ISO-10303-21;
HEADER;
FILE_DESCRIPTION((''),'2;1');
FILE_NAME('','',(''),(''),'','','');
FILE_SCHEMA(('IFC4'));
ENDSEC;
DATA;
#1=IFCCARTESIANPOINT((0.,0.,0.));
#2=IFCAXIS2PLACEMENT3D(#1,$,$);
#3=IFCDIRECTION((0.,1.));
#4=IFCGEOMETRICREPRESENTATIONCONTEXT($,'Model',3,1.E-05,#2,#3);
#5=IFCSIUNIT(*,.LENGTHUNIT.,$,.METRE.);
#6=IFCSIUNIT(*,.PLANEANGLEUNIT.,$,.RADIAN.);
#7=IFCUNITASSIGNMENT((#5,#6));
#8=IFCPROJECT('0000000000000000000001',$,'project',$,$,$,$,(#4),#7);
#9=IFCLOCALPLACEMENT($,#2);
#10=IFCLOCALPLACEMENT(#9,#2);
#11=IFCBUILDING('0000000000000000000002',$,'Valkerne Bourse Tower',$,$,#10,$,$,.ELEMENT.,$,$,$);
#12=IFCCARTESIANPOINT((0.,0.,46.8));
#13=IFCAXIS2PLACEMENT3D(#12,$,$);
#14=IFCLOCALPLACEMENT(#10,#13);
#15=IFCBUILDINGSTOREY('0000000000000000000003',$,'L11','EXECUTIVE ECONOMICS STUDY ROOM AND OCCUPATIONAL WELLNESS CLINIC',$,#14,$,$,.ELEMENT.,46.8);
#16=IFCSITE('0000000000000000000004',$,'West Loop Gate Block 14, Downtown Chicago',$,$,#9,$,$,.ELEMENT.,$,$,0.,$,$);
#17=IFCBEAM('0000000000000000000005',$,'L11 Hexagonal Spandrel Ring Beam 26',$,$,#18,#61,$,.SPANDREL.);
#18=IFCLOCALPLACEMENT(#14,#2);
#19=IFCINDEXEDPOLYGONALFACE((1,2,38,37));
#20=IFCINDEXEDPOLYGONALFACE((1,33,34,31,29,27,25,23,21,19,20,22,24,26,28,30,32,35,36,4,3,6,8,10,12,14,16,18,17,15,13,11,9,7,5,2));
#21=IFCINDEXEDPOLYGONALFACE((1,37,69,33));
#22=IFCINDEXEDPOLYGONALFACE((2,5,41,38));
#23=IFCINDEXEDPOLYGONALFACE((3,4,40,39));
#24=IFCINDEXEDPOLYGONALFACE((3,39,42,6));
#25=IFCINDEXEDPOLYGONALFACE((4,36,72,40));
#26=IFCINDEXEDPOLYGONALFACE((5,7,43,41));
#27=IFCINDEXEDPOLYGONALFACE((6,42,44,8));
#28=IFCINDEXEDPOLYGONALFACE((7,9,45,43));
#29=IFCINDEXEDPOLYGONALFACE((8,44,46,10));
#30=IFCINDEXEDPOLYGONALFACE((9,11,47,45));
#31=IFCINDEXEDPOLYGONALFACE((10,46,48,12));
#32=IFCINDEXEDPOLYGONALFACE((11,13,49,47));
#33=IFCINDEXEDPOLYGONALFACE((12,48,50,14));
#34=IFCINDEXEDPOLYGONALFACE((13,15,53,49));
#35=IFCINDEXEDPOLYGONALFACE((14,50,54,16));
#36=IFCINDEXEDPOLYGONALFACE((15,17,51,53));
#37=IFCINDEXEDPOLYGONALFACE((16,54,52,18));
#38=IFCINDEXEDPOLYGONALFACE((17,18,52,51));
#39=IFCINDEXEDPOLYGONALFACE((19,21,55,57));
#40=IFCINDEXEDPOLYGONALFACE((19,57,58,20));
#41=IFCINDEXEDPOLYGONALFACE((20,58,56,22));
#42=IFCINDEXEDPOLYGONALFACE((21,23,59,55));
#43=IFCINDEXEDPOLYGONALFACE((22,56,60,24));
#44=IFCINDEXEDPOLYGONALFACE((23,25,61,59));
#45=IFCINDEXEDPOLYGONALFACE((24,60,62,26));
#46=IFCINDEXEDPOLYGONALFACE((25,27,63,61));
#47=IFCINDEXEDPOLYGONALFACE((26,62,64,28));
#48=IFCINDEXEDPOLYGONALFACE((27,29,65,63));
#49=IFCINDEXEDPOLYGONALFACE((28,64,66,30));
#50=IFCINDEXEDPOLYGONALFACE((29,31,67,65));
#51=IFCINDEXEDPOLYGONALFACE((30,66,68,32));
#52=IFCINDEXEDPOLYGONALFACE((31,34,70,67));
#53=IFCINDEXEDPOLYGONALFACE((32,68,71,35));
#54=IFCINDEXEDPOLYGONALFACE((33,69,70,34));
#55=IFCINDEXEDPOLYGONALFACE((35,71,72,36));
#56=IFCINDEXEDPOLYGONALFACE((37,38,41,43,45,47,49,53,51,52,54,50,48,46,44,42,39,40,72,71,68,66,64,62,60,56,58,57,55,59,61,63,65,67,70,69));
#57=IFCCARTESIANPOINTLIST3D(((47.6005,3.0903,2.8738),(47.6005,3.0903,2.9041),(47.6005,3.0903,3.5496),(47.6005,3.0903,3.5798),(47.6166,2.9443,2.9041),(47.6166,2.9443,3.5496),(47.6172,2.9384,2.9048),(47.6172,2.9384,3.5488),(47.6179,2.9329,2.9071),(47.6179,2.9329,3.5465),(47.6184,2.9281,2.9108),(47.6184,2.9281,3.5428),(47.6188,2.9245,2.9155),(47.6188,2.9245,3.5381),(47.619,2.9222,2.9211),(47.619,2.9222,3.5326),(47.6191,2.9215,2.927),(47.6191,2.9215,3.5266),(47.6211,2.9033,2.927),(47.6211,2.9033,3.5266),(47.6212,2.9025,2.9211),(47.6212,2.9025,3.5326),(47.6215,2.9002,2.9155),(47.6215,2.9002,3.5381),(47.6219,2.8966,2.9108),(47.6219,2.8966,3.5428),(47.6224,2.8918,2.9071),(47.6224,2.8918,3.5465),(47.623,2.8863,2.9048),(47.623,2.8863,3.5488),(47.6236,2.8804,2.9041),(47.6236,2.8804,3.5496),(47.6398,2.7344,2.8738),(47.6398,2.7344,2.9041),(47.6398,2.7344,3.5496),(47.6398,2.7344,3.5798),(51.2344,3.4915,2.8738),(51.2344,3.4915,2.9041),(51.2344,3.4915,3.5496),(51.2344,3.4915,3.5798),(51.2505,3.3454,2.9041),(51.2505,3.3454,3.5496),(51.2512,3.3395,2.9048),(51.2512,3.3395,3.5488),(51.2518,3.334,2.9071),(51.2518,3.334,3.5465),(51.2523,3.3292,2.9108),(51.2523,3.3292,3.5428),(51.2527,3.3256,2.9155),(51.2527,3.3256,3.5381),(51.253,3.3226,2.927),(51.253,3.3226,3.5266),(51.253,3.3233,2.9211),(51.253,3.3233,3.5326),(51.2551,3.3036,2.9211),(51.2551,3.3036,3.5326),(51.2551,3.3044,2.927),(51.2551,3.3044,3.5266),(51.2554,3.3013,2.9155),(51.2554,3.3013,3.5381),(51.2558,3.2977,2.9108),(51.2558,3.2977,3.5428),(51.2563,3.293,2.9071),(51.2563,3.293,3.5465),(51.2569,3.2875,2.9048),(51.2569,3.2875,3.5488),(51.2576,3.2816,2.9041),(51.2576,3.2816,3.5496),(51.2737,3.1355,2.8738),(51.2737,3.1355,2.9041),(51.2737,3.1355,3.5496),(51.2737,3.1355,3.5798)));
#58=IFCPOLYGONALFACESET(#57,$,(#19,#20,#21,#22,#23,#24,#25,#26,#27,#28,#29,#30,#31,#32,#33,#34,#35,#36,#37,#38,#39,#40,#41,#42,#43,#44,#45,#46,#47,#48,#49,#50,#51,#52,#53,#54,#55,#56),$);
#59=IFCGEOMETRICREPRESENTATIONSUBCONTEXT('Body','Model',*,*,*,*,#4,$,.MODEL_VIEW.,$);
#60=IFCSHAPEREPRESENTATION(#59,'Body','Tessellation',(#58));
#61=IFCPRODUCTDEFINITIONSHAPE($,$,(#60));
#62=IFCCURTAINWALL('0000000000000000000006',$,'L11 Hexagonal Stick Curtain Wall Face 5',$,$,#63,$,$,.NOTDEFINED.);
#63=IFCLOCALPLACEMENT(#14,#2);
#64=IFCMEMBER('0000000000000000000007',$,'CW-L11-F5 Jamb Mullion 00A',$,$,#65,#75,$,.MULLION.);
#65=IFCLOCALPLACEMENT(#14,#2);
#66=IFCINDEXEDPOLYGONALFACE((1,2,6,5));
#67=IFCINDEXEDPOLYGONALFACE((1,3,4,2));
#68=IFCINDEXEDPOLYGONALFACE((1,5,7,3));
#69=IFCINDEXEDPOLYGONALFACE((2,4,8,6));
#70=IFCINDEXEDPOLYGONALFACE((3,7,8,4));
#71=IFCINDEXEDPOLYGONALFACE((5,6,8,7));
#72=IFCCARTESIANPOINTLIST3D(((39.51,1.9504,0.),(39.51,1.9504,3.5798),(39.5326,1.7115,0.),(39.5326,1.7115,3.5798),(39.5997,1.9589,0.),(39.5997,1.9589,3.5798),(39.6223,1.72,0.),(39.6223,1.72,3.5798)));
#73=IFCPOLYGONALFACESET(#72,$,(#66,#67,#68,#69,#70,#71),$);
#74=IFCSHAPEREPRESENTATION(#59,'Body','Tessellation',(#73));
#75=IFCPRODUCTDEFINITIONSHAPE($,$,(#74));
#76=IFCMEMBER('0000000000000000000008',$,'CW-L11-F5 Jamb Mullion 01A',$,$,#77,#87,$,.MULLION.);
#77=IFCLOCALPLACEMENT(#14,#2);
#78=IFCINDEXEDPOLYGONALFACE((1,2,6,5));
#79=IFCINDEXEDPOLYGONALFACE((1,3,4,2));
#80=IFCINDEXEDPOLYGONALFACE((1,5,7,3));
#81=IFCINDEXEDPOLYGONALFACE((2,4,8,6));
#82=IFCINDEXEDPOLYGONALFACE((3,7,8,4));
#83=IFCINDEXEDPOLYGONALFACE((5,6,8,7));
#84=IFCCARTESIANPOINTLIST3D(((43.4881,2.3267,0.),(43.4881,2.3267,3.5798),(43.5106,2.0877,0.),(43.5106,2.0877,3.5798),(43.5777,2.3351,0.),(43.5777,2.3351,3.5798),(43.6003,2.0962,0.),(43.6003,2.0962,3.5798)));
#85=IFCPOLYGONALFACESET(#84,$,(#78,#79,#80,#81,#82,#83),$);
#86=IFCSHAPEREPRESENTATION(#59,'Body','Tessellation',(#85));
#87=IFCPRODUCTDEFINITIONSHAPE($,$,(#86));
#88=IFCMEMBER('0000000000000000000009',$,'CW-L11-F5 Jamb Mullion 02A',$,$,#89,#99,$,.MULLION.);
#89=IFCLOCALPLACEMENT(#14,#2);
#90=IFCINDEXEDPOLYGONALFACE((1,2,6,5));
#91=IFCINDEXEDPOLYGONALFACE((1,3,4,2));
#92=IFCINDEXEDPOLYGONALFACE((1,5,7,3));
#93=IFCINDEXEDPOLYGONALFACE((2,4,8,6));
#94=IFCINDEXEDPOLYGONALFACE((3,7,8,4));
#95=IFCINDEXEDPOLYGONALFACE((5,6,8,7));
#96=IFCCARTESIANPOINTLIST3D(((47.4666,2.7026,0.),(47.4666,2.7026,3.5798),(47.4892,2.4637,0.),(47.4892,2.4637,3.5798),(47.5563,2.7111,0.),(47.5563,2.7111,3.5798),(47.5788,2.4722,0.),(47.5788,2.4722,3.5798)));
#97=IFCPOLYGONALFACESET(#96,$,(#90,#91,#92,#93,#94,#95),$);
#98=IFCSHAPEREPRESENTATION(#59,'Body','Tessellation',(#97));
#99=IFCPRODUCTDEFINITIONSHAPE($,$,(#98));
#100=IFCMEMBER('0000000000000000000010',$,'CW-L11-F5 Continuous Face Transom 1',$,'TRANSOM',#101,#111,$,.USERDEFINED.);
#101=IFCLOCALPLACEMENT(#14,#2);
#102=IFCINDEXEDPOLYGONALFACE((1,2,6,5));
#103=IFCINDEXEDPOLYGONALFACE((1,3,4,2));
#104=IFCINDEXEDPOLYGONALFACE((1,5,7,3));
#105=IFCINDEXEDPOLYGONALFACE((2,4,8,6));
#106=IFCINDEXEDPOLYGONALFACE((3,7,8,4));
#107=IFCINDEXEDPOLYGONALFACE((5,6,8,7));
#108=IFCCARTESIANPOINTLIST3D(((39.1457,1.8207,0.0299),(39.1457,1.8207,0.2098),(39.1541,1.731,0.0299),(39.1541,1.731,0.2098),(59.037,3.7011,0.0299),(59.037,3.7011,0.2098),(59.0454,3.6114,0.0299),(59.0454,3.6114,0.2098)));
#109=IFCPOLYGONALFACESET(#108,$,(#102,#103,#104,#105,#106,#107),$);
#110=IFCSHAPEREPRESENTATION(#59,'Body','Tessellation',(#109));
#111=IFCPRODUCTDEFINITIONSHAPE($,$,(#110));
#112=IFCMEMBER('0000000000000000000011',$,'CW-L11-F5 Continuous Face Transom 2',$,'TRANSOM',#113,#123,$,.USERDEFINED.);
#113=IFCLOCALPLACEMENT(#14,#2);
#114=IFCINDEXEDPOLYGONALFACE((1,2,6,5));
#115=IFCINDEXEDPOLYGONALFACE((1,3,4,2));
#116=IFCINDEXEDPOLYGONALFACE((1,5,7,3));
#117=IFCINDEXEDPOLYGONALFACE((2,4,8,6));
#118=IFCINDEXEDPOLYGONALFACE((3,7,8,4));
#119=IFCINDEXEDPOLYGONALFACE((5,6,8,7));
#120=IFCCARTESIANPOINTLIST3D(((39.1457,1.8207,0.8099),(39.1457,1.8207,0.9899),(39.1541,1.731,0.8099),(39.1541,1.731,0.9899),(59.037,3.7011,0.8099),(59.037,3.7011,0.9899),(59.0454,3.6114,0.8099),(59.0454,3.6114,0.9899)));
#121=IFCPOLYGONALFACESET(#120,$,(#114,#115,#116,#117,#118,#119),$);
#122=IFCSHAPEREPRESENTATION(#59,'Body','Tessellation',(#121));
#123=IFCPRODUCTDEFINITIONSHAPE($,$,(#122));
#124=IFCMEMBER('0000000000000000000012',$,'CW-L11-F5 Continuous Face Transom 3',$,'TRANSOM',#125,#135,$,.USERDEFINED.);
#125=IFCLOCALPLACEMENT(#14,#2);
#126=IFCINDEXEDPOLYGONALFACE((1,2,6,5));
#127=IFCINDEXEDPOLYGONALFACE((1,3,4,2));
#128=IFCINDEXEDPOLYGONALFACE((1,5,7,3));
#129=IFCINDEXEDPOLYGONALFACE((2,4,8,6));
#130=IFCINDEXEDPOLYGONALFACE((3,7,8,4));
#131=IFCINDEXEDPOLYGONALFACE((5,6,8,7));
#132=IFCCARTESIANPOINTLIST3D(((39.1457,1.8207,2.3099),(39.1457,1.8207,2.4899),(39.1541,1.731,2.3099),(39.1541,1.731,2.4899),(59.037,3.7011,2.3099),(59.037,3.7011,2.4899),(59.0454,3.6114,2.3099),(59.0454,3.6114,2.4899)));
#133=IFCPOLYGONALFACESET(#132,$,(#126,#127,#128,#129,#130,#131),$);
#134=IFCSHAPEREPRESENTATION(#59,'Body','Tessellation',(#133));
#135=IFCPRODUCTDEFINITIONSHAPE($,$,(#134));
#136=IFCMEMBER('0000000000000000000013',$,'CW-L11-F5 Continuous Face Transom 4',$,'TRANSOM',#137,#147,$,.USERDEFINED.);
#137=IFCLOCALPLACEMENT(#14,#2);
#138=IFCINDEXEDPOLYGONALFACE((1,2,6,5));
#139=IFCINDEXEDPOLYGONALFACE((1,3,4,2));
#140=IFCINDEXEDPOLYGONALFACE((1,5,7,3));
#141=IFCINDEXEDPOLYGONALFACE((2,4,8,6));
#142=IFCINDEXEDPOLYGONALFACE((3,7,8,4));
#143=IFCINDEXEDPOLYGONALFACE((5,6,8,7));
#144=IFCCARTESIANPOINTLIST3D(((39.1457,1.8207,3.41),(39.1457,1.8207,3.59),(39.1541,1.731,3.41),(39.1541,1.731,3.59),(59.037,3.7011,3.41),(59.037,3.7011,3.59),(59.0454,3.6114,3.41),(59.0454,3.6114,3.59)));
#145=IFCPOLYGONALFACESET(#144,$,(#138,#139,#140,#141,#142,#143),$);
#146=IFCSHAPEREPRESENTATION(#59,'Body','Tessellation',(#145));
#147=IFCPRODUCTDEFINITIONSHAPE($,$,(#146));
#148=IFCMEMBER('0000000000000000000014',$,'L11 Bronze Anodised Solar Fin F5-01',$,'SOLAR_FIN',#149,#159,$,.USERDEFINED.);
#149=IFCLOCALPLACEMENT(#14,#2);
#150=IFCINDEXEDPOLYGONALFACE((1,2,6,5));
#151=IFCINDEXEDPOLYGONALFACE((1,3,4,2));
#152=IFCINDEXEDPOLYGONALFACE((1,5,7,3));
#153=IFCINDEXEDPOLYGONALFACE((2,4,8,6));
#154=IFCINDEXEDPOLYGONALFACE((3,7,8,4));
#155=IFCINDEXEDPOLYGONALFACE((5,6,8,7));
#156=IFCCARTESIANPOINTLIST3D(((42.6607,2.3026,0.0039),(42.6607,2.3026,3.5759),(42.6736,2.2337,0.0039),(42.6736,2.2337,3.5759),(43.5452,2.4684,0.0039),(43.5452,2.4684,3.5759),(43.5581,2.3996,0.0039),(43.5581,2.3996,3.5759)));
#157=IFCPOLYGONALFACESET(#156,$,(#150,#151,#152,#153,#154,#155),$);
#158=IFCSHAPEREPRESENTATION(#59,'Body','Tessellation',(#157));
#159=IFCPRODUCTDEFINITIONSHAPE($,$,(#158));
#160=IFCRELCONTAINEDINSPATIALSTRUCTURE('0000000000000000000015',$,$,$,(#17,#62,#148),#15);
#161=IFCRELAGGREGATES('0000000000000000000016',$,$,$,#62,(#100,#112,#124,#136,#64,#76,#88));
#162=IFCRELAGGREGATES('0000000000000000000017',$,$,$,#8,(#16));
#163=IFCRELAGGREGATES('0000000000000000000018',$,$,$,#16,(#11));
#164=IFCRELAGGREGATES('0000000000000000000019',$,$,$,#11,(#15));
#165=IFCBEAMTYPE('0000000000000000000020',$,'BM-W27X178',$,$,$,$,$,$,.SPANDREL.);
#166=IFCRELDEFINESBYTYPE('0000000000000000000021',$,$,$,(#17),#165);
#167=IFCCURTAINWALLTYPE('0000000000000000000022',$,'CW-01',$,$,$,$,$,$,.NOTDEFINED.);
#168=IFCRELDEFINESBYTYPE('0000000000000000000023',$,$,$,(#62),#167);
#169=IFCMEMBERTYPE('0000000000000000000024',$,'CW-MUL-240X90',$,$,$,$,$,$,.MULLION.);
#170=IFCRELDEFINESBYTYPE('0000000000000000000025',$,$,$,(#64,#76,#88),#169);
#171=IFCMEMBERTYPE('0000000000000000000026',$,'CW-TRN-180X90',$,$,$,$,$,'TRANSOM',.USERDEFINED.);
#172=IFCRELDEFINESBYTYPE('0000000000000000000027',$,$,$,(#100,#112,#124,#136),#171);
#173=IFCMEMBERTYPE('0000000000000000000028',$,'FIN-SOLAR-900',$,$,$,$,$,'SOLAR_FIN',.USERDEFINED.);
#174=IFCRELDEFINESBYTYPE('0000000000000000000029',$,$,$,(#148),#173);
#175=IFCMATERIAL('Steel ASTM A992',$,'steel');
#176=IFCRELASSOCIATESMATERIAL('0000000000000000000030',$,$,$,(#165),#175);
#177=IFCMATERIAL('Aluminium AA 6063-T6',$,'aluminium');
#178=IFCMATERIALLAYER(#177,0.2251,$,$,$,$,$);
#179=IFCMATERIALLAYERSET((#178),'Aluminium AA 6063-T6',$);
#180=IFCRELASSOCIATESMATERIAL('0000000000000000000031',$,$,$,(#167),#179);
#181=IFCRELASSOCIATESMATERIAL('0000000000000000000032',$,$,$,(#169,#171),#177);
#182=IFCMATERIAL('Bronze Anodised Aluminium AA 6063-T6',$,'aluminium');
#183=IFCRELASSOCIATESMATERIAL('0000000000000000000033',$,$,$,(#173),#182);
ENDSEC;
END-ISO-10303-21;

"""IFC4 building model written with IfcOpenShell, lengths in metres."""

from ifc_helpers import new_model, si_unit, direction, frame, origin, origin_2d, place, context, subcontext, project, spatial, rectangle, i_section, extrude, material, layer, layer_set, material_profile, profile_set, type_object, element, aggregate, save


model = new_model("IFC4")

# Units and contexts
model_context = context("Model", 3, precision=1e-05, world=origin(), true_north=direction((0.0, 1.0)))
body_context = subcontext(model_context, "Body", "Model", "MODEL_VIEW")
ifc_project = project(units=[si_unit("LENGTHUNIT", "METRE"), si_unit("PLANEANGLEUNIT", "RADIAN")], contexts=[model_context])

# Site, building, storey
site_placement = place(None, origin())
site = spatial("IfcSite", under=ifc_project, at=site_placement, Name="West Loop Gate Block 14, Downtown Chicago", CompositionType="ELEMENT", RefElevation=0.0)
building_placement = place(site_placement, origin())
building = spatial("IfcBuilding", under=site, at=building_placement, Name="Valkerne Bourse Tower", CompositionType="ELEMENT")
storey_placement = place(building_placement, frame((0.0, 0.0, 46.8)))
storey = spatial("IfcBuildingStorey", under=building, at=storey_placement, Name="L11", Description="EXECUTIVE ECONOMICS STUDY ROOM AND OCCUPATIONAL WELLNESS CLINIC", CompositionType="ELEMENT", Elevation=46.8)

# Beam
ifc_material_1 = material(Name="Steel ASTM A992", Category="steel")
ifc_material_profile_1 = material_profile(ifc_material_1, i_section(OverallWidth=0.3582, OverallDepth=0.7061, WebThickness=0.0183, FlangeThickness=0.0303, FilletRadius=0.0229, at=origin_2d()), Name="W27X178")
ifc_profile_set_1 = profile_set([ifc_material_profile_1], Name="Steel ASTM A992")
beam_type_1 = type_object("IfcBeamType", Name="BM-W27X178", PredefinedType="SPANDREL", material=ifc_profile_set_1)
beam_1_placement = place(storey_placement, frame((47.6201, 2.9124, 3.2268), z_axis=(0.993963, 0.109713, 0.0), x_axis=(-0.109713, 0.993963, 0.0)))
element("IfcBeam", 1, at=beam_1_placement, inside=storey, type_object=beam_type_1, Name="L11 Hexagonal Spandrel Ring Beam 26", PredefinedType="SPANDREL", context=body_context, shape_type="SweptSolid", body=[
    extrude(i_section(OverallWidth=0.3582, OverallDepth=0.7061, WebThickness=0.0183, FlangeThickness=0.0303, FilletRadius=0.0229, at=origin_2d()), origin(), (0.0, 0.0, 1.0), 3.656),
])

# Curtain wall, members
ifc_material_2 = material(Name="Aluminium AA 6063-T6", Category="aluminium")
ifc_layer_1 = layer(ifc_material_2, 0.2251)
ifc_layer_set_1 = layer_set([ifc_layer_1], Name="Aluminium AA 6063-T6")
curtain_wall_type = type_object("IfcCurtainWallType", Name="CW-01", PredefinedType="NOTDEFINED", material=ifc_layer_set_1)
curtain_wall_placement = place(storey_placement, origin())
curtain_wall = element("IfcCurtainWall", 2, at=curtain_wall_placement, inside=storey, type_object=curtain_wall_type, Name="L11 Hexagonal Stick Curtain Wall Face 5", PredefinedType="NOTDEFINED")
ifc_material_profile_2 = material_profile(ifc_material_2, rectangle(XDim=0.0901, YDim=0.24, at=origin_2d()), Name="CWM-90X240")
ifc_profile_set_2 = profile_set([ifc_material_profile_2], Name="Aluminium AA 6063-T6")
member_type_1 = type_object("IfcMemberType", Name="CW-MUL-240X90", PredefinedType="MULLION", material=ifc_profile_set_2)
member_1_placement = place(storey_placement, frame((39.5662, 1.8352, 0.0), z_axis=(0.0, 0.0, 1.0), x_axis=(0.995561, 0.094121, 0.0)))
member_1 = element("IfcMember", 3, at=member_1_placement, type_object=member_type_1, Name="CW-L11-F5 Jamb Mullion 00A", PredefinedType="MULLION", context=body_context, shape_type="SweptSolid", body=[
    extrude(rectangle(XDim=0.0901, YDim=0.24, at=origin_2d()), origin(), (0.0, 0.0, 1.0), 3.5798),
])
member_2_placement = place(storey_placement, frame((43.5442, 2.2114, 0.0), z_axis=(0.0, 0.0, 1.0), x_axis=(0.995563, 0.094093, 0.0)))
member_2 = element("IfcMember", 4, at=member_2_placement, type_object=member_type_1, Name="CW-L11-F5 Jamb Mullion 01A", PredefinedType="MULLION", context=body_context, shape_type="SweptSolid", body=[
    extrude(rectangle(XDim=0.0901, YDim=0.24, at=origin_2d()), origin(), (0.0, 0.0, 1.0), 3.5798),
])
member_3_placement = place(storey_placement, frame((47.5227, 2.5874, 0.0), z_axis=(0.0, 0.0, 1.0), x_axis=(0.995561, 0.094118, 0.0)))
member_3 = element("IfcMember", 5, at=member_3_placement, type_object=member_type_1, Name="CW-L11-F5 Jamb Mullion 02A", PredefinedType="MULLION", context=body_context, shape_type="SweptSolid", body=[
    extrude(rectangle(XDim=0.0901, YDim=0.24, at=origin_2d()), origin(), (0.0, 0.0, 1.0), 3.5798),
])
ifc_material_profile_3 = material_profile(ifc_material_2, rectangle(XDim=0.0901, YDim=0.1799, at=origin_2d()), Name="CWT-90X180")
ifc_profile_set_3 = profile_set([ifc_material_profile_3], Name="Aluminium AA 6063-T6")
member_type_2 = type_object("IfcMemberType", Name="CW-TRN-180X90", ElementType="TRANSOM", PredefinedType="USERDEFINED", material=ifc_profile_set_3)
member_4_placement = place(storey_placement, frame((39.1499, 1.7759, 0.1199), z_axis=(0.995562, 0.094112, 0.0), x_axis=(-0.094112, 0.995562, 0.0)))
member_4 = element("IfcMember", 6, at=member_4_placement, type_object=member_type_2, Name="CW-L11-F5 Continuous Face Transom 1", ObjectType="TRANSOM", PredefinedType="USERDEFINED", context=body_context, shape_type="SweptSolid", body=[
    extrude(rectangle(XDim=0.0901, YDim=0.1799, at=origin_2d()), origin(), (0.0, 0.0, 1.0), 19.98),
])
member_5_placement = place(storey_placement, frame((39.1499, 1.7759, 0.8999), z_axis=(0.995562, 0.094112, 0.0), x_axis=(-0.094112, 0.995562, 0.0)))
member_5 = element("IfcMember", 7, at=member_5_placement, type_object=member_type_2, Name="CW-L11-F5 Continuous Face Transom 2", ObjectType="TRANSOM", PredefinedType="USERDEFINED", context=body_context, shape_type="SweptSolid", body=[
    extrude(rectangle(XDim=0.0901, YDim=0.1799, at=origin_2d()), origin(), (0.0, 0.0, 1.0), 19.98),
])
member_6_placement = place(storey_placement, frame((39.1499, 1.7759, 2.3999), z_axis=(0.995562, 0.094112, 0.0), x_axis=(-0.094112, 0.995562, 0.0)))
member_6 = element("IfcMember", 8, at=member_6_placement, type_object=member_type_2, Name="CW-L11-F5 Continuous Face Transom 3", ObjectType="TRANSOM", PredefinedType="USERDEFINED", context=body_context, shape_type="SweptSolid", body=[
    extrude(rectangle(XDim=0.0901, YDim=0.1799, at=origin_2d()), origin(), (0.0, 0.0, 1.0), 19.98),
])
member_7_placement = place(storey_placement, frame((39.1499, 1.7759, 3.5), z_axis=(0.995562, 0.094112, 0.0), x_axis=(-0.094112, 0.995562, 0.0)))
member_7 = element("IfcMember", 9, at=member_7_placement, type_object=member_type_2, Name="CW-L11-F5 Continuous Face Transom 4", ObjectType="TRANSOM", PredefinedType="USERDEFINED", context=body_context, shape_type="SweptSolid", body=[
    extrude(rectangle(XDim=0.0901, YDim=0.1799, at=origin_2d()), origin(), (0.0, 0.0, 1.0), 19.98),
])

# Member
ifc_material_3 = material(Name="Bronze Anodised Aluminium AA 6063-T6", Category="aluminium")
ifc_material_profile_4 = material_profile(ifc_material_3, rectangle(XDim=0.0701, YDim=0.8999, at=origin_2d()), Name="FIN-70X900")
ifc_profile_set_4 = profile_set([ifc_material_profile_4], Name="Bronze Anodised Aluminium AA 6063-T6")
member_type_3 = type_object("IfcMemberType", Name="FIN-SOLAR-900", ElementType="SOLAR_FIN", PredefinedType="USERDEFINED", material=ifc_profile_set_4)
member_8_placement = place(storey_placement, frame((43.1094, 2.3511, 0.0039), z_axis=(0.0, 0.0, 1.0), x_axis=(0.184308, -0.982869, 0.0)))
element("IfcMember", 10, at=member_8_placement, inside=storey, type_object=member_type_3, Name="L11 Bronze Anodised Solar Fin F5-01", ObjectType="SOLAR_FIN", PredefinedType="USERDEFINED", context=body_context, shape_type="SweptSolid", body=[
    extrude(rectangle(XDim=0.0701, YDim=0.8999, at=origin_2d()), origin(), (0.0, 0.0, 1.0), 3.572),
])

aggregate(curtain_wall, [member_4, member_5, member_6, member_7, member_1, member_2, member_3])

save(model, "model.ifc")
